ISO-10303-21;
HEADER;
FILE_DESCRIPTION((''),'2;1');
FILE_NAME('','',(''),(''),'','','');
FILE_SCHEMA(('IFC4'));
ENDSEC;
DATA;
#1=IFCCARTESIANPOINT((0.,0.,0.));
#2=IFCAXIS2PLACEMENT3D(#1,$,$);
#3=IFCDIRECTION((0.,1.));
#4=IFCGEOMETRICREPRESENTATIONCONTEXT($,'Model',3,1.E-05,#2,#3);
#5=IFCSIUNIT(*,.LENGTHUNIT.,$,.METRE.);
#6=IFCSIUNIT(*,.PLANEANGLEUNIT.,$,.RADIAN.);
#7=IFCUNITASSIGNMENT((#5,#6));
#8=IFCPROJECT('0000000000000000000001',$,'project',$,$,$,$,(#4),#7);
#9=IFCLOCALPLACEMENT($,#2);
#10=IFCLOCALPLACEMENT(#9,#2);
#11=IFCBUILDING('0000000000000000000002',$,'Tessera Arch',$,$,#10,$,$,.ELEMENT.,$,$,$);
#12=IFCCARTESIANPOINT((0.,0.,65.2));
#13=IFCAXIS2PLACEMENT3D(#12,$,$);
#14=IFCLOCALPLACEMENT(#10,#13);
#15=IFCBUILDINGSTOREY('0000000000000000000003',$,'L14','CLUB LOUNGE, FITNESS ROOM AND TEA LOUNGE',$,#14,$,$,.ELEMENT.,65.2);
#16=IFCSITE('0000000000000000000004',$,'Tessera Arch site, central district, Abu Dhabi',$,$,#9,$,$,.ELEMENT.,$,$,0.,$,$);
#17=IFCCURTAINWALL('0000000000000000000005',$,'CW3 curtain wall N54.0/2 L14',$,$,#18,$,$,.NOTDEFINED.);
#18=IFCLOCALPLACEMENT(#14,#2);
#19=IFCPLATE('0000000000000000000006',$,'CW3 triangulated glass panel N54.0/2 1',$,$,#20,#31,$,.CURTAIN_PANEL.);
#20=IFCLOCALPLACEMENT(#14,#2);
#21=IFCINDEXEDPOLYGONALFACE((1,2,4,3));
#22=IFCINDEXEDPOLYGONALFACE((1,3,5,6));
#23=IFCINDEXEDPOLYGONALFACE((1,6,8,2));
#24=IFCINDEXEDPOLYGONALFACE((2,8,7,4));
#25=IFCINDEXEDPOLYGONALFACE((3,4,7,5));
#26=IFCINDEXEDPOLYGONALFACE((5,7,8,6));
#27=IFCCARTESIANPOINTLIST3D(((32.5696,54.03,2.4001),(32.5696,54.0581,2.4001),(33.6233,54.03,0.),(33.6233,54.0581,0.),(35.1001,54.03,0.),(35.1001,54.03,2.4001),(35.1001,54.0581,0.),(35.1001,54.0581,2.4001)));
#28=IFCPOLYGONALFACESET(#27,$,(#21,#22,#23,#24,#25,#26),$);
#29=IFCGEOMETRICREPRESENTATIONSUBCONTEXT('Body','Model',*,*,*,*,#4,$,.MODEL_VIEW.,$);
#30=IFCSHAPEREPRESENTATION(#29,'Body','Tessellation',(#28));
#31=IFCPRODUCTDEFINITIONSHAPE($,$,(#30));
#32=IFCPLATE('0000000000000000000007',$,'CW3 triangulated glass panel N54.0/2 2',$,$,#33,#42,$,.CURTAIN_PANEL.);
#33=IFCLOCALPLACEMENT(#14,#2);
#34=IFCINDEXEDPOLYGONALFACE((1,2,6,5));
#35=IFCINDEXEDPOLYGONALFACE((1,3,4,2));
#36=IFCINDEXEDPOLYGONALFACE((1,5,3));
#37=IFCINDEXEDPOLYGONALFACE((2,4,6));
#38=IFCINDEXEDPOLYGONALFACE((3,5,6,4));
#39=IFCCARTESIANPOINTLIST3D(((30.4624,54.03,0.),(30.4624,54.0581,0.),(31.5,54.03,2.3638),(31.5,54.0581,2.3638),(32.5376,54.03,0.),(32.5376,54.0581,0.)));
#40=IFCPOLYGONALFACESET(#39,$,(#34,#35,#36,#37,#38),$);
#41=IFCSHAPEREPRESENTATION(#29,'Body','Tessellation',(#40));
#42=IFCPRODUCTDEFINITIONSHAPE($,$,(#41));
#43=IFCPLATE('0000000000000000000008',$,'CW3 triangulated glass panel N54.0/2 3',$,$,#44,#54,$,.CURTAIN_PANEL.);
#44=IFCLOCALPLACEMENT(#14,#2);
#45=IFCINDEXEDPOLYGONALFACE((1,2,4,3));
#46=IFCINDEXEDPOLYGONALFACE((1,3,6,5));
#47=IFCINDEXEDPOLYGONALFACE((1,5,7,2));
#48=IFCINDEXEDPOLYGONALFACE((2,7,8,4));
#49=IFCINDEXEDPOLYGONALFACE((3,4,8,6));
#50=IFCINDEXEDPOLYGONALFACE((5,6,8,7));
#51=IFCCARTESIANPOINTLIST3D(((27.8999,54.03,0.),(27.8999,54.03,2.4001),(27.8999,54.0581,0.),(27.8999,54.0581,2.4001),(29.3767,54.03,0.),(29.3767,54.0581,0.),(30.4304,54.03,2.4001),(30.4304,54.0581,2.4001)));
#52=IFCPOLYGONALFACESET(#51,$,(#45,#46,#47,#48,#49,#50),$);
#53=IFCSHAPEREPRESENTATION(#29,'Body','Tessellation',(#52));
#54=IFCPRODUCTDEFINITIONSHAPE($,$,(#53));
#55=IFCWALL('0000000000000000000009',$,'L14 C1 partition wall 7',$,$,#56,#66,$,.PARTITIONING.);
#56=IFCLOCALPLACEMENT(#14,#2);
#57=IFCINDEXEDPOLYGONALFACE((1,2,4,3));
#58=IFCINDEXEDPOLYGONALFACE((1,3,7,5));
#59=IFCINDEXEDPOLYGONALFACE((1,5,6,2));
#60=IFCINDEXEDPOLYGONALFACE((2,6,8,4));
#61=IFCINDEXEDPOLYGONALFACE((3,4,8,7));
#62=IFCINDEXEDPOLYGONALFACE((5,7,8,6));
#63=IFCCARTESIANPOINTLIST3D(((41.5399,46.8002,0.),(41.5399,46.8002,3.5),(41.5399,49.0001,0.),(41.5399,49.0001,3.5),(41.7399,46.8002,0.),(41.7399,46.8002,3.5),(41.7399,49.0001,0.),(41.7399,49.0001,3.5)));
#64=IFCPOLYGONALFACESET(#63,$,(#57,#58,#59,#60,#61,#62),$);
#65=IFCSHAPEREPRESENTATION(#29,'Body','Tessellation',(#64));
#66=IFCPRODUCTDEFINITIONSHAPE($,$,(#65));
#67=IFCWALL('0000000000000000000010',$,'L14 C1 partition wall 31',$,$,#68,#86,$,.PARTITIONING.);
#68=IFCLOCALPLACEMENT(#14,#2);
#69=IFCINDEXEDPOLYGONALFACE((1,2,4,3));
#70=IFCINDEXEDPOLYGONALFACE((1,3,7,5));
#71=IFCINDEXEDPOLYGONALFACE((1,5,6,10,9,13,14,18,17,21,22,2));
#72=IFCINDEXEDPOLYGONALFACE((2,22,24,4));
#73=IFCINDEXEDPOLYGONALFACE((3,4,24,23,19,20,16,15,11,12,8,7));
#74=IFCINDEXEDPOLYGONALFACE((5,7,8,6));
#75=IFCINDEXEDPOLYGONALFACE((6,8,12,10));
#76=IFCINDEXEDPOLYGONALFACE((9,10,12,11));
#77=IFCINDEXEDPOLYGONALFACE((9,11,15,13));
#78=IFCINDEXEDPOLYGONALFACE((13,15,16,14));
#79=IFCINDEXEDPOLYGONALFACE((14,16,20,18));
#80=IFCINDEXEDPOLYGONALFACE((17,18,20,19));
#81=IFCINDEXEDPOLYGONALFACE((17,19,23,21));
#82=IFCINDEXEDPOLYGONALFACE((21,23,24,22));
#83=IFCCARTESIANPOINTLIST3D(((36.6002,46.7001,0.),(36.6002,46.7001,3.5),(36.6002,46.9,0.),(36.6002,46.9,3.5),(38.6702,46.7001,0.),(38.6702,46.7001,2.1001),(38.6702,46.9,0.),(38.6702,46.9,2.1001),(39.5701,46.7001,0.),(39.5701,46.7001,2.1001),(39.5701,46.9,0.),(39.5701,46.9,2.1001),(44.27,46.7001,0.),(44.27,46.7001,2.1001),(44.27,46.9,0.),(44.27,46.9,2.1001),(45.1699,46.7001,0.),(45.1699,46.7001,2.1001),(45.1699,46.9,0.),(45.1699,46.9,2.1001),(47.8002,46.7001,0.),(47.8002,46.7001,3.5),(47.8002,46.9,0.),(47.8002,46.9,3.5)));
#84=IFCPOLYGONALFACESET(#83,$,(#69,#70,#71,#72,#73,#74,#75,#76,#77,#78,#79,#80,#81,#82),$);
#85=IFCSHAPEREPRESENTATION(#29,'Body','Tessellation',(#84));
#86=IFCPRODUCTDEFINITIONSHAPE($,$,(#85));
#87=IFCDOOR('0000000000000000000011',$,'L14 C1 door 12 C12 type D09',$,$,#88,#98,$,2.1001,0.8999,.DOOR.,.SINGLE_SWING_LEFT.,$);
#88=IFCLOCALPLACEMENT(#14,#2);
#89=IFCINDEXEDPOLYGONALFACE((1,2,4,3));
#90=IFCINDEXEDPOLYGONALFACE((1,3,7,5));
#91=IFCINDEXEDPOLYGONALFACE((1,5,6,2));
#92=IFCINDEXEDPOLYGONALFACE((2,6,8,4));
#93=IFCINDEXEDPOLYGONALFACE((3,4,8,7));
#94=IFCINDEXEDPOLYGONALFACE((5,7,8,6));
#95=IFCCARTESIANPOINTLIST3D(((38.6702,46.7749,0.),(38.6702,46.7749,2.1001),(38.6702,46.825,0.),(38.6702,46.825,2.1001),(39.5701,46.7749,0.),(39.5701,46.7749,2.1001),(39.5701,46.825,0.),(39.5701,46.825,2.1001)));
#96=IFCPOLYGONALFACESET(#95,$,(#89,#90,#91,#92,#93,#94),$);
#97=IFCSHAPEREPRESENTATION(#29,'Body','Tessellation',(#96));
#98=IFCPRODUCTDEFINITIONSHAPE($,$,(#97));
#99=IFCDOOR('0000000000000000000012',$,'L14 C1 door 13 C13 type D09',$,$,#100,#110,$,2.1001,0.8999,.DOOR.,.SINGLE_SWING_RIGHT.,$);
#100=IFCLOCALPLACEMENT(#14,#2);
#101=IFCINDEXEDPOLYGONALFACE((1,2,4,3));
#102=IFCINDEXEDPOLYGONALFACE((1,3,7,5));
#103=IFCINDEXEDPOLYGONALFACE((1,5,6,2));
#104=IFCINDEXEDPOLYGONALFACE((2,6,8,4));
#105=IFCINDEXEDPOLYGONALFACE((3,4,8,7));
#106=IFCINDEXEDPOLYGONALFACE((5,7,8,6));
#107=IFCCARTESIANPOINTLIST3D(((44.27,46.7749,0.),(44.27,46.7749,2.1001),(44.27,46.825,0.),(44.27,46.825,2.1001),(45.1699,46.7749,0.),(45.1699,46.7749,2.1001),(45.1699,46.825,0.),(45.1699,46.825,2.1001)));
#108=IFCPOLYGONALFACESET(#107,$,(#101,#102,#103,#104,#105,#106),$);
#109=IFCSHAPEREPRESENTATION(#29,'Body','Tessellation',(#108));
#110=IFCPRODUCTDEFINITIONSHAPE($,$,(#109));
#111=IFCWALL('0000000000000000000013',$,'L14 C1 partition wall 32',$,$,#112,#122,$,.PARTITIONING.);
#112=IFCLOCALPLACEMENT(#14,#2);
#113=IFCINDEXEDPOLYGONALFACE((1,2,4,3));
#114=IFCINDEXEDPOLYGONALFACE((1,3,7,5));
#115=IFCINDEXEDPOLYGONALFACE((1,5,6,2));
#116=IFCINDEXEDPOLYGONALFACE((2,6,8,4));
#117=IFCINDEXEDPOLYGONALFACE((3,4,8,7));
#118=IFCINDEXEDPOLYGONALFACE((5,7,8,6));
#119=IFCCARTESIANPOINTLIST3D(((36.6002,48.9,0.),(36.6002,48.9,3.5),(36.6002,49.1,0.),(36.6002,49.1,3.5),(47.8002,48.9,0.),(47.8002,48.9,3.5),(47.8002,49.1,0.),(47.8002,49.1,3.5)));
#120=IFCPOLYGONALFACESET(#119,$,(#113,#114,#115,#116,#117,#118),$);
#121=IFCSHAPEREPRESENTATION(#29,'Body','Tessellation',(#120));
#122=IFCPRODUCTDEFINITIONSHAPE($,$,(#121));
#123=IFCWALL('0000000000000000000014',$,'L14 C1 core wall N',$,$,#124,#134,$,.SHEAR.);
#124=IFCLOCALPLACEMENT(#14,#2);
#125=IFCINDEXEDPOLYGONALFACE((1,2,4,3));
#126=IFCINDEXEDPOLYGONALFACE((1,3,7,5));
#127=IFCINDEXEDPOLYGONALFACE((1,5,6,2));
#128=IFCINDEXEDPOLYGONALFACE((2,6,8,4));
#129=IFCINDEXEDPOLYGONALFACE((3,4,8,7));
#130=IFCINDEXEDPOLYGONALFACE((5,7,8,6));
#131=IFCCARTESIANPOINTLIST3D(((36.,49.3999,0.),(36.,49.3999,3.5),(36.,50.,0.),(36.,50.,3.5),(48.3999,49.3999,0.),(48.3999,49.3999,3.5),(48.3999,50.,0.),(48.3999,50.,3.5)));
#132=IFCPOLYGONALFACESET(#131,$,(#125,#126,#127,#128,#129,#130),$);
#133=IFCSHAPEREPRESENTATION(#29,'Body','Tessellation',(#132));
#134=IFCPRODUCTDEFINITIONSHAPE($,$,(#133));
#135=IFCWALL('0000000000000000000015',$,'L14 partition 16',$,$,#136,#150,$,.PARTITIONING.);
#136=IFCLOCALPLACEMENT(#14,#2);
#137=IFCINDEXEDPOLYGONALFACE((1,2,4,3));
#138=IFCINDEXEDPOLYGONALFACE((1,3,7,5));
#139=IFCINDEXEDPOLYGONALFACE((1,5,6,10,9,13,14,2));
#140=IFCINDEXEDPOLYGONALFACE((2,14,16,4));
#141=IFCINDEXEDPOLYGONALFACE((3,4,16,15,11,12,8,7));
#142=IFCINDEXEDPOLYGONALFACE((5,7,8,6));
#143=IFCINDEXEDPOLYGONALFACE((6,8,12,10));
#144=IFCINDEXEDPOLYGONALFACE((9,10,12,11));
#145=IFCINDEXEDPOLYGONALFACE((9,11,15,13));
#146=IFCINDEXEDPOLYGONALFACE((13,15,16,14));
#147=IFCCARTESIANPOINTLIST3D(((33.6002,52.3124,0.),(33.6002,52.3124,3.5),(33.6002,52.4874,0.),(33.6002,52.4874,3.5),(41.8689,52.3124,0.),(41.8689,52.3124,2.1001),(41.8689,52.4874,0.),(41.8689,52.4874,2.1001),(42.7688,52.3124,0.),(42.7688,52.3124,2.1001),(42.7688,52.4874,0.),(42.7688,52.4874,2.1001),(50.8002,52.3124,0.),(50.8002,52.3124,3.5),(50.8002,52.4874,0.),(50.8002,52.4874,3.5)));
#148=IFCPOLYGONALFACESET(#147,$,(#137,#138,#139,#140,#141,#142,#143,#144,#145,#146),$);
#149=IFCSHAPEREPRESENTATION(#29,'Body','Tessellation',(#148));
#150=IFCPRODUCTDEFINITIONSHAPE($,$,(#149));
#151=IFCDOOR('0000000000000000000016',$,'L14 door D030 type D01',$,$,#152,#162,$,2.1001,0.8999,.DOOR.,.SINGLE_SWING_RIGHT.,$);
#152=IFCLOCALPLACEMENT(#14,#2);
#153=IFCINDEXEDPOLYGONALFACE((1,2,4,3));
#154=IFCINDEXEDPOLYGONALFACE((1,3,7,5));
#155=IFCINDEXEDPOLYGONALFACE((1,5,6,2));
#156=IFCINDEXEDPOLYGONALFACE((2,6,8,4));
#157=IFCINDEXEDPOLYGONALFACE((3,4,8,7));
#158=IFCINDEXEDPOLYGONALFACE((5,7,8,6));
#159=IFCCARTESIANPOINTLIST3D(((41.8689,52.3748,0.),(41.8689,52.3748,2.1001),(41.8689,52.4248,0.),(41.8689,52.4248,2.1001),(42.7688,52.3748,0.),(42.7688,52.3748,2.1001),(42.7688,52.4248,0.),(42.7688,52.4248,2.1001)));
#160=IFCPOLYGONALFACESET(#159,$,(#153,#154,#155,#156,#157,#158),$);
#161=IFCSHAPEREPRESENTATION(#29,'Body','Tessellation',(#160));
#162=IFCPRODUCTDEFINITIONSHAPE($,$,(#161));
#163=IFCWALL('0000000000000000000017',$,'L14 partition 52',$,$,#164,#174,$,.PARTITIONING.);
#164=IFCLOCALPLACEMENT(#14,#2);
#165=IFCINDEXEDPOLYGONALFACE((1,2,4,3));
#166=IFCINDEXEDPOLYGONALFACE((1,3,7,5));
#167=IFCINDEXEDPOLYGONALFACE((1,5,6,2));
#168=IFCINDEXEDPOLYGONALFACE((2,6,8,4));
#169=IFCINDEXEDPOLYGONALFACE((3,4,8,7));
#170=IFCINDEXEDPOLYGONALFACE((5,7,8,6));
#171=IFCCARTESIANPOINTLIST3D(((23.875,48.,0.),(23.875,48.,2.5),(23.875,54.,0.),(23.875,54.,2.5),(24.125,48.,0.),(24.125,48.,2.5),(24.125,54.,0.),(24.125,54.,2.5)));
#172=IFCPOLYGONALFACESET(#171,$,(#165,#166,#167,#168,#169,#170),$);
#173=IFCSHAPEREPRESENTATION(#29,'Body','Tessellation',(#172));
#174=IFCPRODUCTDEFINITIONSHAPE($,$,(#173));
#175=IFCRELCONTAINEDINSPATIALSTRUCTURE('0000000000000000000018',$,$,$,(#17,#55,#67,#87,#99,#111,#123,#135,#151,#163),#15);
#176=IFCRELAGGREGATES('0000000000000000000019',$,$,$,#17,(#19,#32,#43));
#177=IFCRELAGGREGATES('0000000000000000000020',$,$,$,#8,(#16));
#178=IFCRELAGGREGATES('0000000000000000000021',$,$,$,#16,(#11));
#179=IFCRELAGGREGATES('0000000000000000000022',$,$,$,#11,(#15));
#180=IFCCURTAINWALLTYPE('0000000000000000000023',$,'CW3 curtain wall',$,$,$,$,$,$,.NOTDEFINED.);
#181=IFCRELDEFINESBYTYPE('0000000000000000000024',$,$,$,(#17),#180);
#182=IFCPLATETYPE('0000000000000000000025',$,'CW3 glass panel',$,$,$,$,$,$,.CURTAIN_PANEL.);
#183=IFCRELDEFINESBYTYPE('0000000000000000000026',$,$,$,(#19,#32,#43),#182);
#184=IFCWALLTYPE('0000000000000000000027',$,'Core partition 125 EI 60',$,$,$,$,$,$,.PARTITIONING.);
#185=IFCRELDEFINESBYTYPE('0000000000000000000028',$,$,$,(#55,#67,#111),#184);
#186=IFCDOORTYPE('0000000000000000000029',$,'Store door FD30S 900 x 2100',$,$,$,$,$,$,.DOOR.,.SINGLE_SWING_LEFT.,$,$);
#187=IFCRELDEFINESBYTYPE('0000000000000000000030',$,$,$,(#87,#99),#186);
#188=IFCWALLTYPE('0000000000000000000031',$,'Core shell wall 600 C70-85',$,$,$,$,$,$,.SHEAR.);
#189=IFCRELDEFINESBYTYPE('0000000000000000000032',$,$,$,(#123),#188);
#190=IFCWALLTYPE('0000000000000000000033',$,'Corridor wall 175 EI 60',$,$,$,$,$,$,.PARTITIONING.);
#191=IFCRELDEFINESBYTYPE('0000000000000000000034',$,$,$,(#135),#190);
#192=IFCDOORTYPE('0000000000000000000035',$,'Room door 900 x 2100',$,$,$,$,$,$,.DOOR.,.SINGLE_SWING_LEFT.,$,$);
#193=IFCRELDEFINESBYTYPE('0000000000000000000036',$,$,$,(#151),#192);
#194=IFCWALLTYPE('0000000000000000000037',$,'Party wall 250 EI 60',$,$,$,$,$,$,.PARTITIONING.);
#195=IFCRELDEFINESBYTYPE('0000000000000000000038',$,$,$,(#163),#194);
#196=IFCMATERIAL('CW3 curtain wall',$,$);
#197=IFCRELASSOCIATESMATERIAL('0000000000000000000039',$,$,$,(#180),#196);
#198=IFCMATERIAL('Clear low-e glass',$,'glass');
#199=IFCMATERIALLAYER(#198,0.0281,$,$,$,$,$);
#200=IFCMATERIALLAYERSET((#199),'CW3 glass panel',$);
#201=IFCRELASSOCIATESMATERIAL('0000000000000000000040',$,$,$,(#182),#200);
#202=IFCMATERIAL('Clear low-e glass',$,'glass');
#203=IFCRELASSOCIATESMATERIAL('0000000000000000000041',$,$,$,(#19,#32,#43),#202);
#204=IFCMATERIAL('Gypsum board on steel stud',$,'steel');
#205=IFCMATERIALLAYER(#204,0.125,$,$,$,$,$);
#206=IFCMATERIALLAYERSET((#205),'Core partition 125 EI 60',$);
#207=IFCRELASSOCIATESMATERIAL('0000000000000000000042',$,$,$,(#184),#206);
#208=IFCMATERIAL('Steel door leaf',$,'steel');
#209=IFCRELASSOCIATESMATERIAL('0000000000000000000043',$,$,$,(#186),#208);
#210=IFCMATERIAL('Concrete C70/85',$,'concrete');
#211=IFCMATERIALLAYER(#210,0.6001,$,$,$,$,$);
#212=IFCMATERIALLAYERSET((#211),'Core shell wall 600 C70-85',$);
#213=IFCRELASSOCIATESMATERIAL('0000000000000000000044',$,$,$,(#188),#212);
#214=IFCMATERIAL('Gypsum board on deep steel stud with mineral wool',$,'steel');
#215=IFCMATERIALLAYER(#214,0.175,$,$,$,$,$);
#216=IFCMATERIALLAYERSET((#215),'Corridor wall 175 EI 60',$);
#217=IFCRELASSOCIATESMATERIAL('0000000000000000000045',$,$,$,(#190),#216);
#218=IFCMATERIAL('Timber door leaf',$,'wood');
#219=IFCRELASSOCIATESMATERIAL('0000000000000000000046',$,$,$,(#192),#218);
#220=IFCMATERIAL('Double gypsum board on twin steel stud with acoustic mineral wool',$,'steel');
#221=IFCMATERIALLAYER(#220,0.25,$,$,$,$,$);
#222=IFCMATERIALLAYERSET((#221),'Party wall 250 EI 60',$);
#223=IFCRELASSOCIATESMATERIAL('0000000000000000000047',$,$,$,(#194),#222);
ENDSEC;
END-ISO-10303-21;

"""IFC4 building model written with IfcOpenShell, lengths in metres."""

from ifc_helpers import new_model, si_unit, direction, frame, frame_2d, origin, place, context, subcontext, project, spatial, polyline, rectangle, outline, extrude, material, layer, layer_set, type_object, element, fill, aggregate, save


model = new_model("IFC4")

# Units and contexts
model_context = context("Model", 3, precision=1e-05, world=origin(), true_north=direction((0.0, 1.0)))
body_context = subcontext(model_context, "Body", "Model", "MODEL_VIEW")
ifc_project = project(units=[si_unit("LENGTHUNIT", "METRE"), si_unit("PLANEANGLEUNIT", "RADIAN")], contexts=[model_context])

# Site, building, storey
site_placement = place(None, origin())
site = spatial("IfcSite", under=ifc_project, at=site_placement, Name="Tessera Arch site, central district, Abu Dhabi", CompositionType="ELEMENT", RefElevation=0.0)
building_placement = place(site_placement, origin())
building = spatial("IfcBuilding", under=site, at=building_placement, Name="Tessera Arch", CompositionType="ELEMENT")
storey_placement = place(building_placement, frame((0.0, 0.0, 65.2)))
storey = spatial("IfcBuildingStorey", under=building, at=storey_placement, Name="L14", Description="CLUB LOUNGE, FITNESS ROOM AND TEA LOUNGE", CompositionType="ELEMENT", Elevation=65.2)

# Curtain wall
ifc_material_1 = material(Name="CW3 curtain wall")
curtain_wall_type_1 = type_object("IfcCurtainWallType", Name="CW3 curtain wall", PredefinedType="NOTDEFINED", material=ifc_material_1)
curtain_wall_1_placement = place(storey_placement, origin())
curtain_wall_1 = element("IfcCurtainWall", 1, at=curtain_wall_1_placement, inside=storey, type_object=curtain_wall_type_1, Name="CW3 curtain wall N54.0/2 L14", PredefinedType="NOTDEFINED")

# Plates
ifc_material_2 = material(Name="Clear low-e glass", Category="glass")
ifc_material_3 = material(Name="Clear low-e glass", Category="glass")
ifc_layer_1 = layer(ifc_material_3, 0.0281)
ifc_layer_set_1 = layer_set([ifc_layer_1], Name="CW3 glass panel")
plate_type_1 = type_object("IfcPlateType", Name="CW3 glass panel", PredefinedType="CURTAIN_PANEL", material=ifc_layer_set_1)
plate_1_placement = place(storey_placement, frame((35.1001, 54.0581, 0.0), z_axis=(0.0, 1.0, 0.0), x_axis=(-1.0, 0.0, 0.0)))
plate_1 = element("IfcPlate", 2, at=plate_1_placement, type_object=plate_type_1, material=ifc_material_2, Name="CW3 triangulated glass panel N54.0/2 1", PredefinedType="CURTAIN_PANEL", context=body_context, shape_type="SweptSolid", body=[
    extrude(outline(polyline([(0.0, 0.0), (1.4768, 0.0), (2.5305, 2.4001), (0.0, 2.4001), (0.0, 0.0)])), origin(), (0.0, 0.0, -1.0), 0.0281),
])
plate_2_placement = place(storey_placement, frame((32.5376, 54.0581, 0.0), z_axis=(0.0, 1.0, 0.0), x_axis=(-1.0, 0.0, 0.0)))
plate_2 = element("IfcPlate", 3, at=plate_2_placement, type_object=plate_type_1, material=ifc_material_2, Name="CW3 triangulated glass panel N54.0/2 2", PredefinedType="CURTAIN_PANEL", context=body_context, shape_type="SweptSolid", body=[
    extrude(outline(polyline([(0.0, 0.0), (2.0752, 0.0), (1.0376, 2.3638), (0.0, 0.0)])), origin(), (0.0, 0.0, -1.0), 0.0281),
])
plate_3_placement = place(storey_placement, frame((27.8999, 54.0581, 2.4001), z_axis=(0.0, 1.0, 0.0), x_axis=(1.0, 0.0, 0.0)))
plate_3 = element("IfcPlate", 4, at=plate_3_placement, type_object=plate_type_1, material=ifc_material_2, Name="CW3 triangulated glass panel N54.0/2 3", PredefinedType="CURTAIN_PANEL", context=body_context, shape_type="SweptSolid", body=[
    extrude(outline(polyline([(0.0, 0.0), (2.5305, 0.0), (1.4768, 2.4001), (0.0, 2.4001), (0.0, 0.0)])), origin(), (0.0, 0.0, -1.0), 0.0281),
])
aggregate(curtain_wall_1, [plate_1, plate_2, plate_3])

# Wall
ifc_material_4 = material(Name="Gypsum board on steel stud", Category="steel")
ifc_layer_2 = layer(ifc_material_4, 0.125)
ifc_layer_set_2 = layer_set([ifc_layer_2], Name="Core partition 125 EI 60")
wall_type_1 = type_object("IfcWallType", Name="Core partition 125 EI 60", PredefinedType="PARTITIONING", material=ifc_layer_set_2)
wall_1_placement = place(storey_placement, frame((41.6399, 46.8, 0.0), z_axis=(0.0, 0.0, 1.0), x_axis=(0.0, 1.0, 0.0)))
element("IfcWall", 5, at=wall_1_placement, inside=storey, type_object=wall_type_1, Name="L14 C1 partition wall 7", PredefinedType="PARTITIONING", context=body_context, shape_type="SweptSolid", body=[
    extrude(rectangle(XDim=2.2, YDim=0.2, at=frame_2d((1.1001, 0.0))), origin(), (0.0, 0.0, 1.0), 3.5),
])

# Wall, openings, doors
wall_2_placement = place(storey_placement, frame((36.6001, 46.8, 0.0), z_axis=(0.0, 0.0, 1.0), x_axis=(1.0, 0.0, 0.0)))
wall_2 = element("IfcWall", 6, at=wall_2_placement, inside=storey, type_object=wall_type_1, Name="L14 C1 partition wall 31", PredefinedType="PARTITIONING", context=body_context, shape_type="SweptSolid", body=[
    extrude(rectangle(XDim=11.2, YDim=0.2, at=frame_2d((5.6001, 0.0))), origin(), (0.0, 0.0, 1.0), 3.5),
])
opening_1_placement = place(wall_2_placement, frame((2.0701, 0.0, 0.0)))
opening_1 = element("IfcOpeningElement", 7, at=opening_1_placement, cuts=wall_2, PredefinedType="OPENING", context=body_context, shape_type="SweptSolid", body=[
    extrude(rectangle(XDim=0.8999, YDim=2.1001, at=frame_2d((0.45, 1.05))), frame((0.0, 0.1099, 0.0), z_axis=(0.0, -1.0, 0.0), x_axis=(1.0, 0.0, 0.0)), (0.0, 0.0, 1.0), 0.22),
])
opening_2_placement = place(wall_2_placement, frame((7.6699, 0.0, 0.0)))
opening_2 = element("IfcOpeningElement", 8, at=opening_2_placement, cuts=wall_2, PredefinedType="OPENING", context=body_context, shape_type="SweptSolid", body=[
    extrude(rectangle(XDim=0.8999, YDim=2.1001, at=frame_2d((0.45, 1.05))), frame((0.0, 0.1099, 0.0), z_axis=(0.0, -1.0, 0.0), x_axis=(1.0, 0.0, 0.0)), (0.0, 0.0, 1.0), 0.22),
])
ifc_material_5 = material(Name="Steel door leaf", Category="steel")
door_type_1 = type_object("IfcDoorType", Name="Store door FD30S 900 x 2100", OperationType="SINGLE_SWING_LEFT", PredefinedType="DOOR", material=ifc_material_5)
door_1_placement = place(opening_1_placement, origin())
door_1 = element("IfcDoor", 9, at=door_1_placement, inside=storey, type_object=door_type_1, Name="L14 C1 door 12 C12 type D09", OperationType="SINGLE_SWING_LEFT", OverallHeight=2.1001, OverallWidth=0.8999, PredefinedType="DOOR", context=body_context, shape_type="SweptSolid", body=[
    extrude(rectangle(XDim=0.8999, YDim=2.1001, at=frame_2d((0.45, 1.05))), frame((0.0, 0.0249, 0.0), z_axis=(0.0, -1.0, 0.0), x_axis=(1.0, 0.0, 0.0)), (0.0, 0.0, 1.0), 0.05),
])
fill(opening_1, door_1)
door_2_placement = place(opening_2_placement, origin())
door_2 = element("IfcDoor", 10, at=door_2_placement, inside=storey, type_object=door_type_1, Name="L14 C1 door 13 C13 type D09", OperationType="SINGLE_SWING_RIGHT", OverallHeight=2.1001, OverallWidth=0.8999, PredefinedType="DOOR", context=body_context, shape_type="SweptSolid", body=[
    extrude(rectangle(XDim=0.8999, YDim=2.1001, at=frame_2d((0.45, 1.05))), frame((0.0, 0.0249, 0.0), z_axis=(0.0, -1.0, 0.0), x_axis=(1.0, 0.0, 0.0)), (0.0, 0.0, 1.0), 0.05),
])
fill(opening_2, door_2)

# Walls
wall_3_placement = place(storey_placement, frame((36.6001, 49.0, 0.0), z_axis=(0.0, 0.0, 1.0), x_axis=(1.0, 0.0, 0.0)))
element("IfcWall", 11, at=wall_3_placement, inside=storey, type_object=wall_type_1, Name="L14 C1 partition wall 32", PredefinedType="PARTITIONING", context=body_context, shape_type="SweptSolid", body=[
    extrude(rectangle(XDim=11.2, YDim=0.2, at=frame_2d((5.6001, 0.0))), origin(), (0.0, 0.0, 1.0), 3.5),
])
ifc_material_6 = material(Name="Concrete C70/85", Category="concrete")
ifc_layer_3 = layer(ifc_material_6, 0.6001)
ifc_layer_set_3 = layer_set([ifc_layer_3], Name="Core shell wall 600 C70-85")
wall_type_2 = type_object("IfcWallType", Name="Core shell wall 600 C70-85", PredefinedType="SHEAR", material=ifc_layer_set_3)
wall_4_placement = place(storey_placement, frame((36.0, 49.7, 0.0), z_axis=(0.0, 0.0, 1.0), x_axis=(1.0, 0.0, 0.0)))
element("IfcWall", 12, at=wall_4_placement, inside=storey, type_object=wall_type_2, Name="L14 C1 core wall N", PredefinedType="SHEAR", context=body_context, shape_type="SweptSolid", body=[
    extrude(rectangle(XDim=12.3999, YDim=0.6001, at=frame_2d((6.2, 0.0))), origin(), (0.0, 0.0, 1.0), 3.5),
])

# Wall, opening, door
ifc_material_7 = material(Name="Gypsum board on deep steel stud with mineral wool", Category="steel")
ifc_layer_4 = layer(ifc_material_7, 0.175)
ifc_layer_set_4 = layer_set([ifc_layer_4], Name="Corridor wall 175 EI 60")
wall_type_3 = type_object("IfcWallType", Name="Corridor wall 175 EI 60", PredefinedType="PARTITIONING", material=ifc_layer_set_4)
wall_5_placement = place(storey_placement, frame((33.6001, 52.3999, 0.0), z_axis=(0.0, 0.0, 1.0), x_axis=(1.0, 0.0, 0.0)))
wall_5 = element("IfcWall", 13, at=wall_5_placement, inside=storey, type_object=wall_type_3, Name="L14 partition 16", PredefinedType="PARTITIONING", context=body_context, shape_type="SweptSolid", body=[
    extrude(rectangle(XDim=17.2, YDim=0.175, at=frame_2d((8.6001, 0.0))), origin(), (0.0, 0.0, 1.0), 3.5),
])
opening_3_placement = place(wall_5_placement, frame((8.2688, 0.0, 0.0)))
opening_3 = element("IfcOpeningElement", 14, at=opening_3_placement, cuts=wall_5, PredefinedType="OPENING", context=body_context, shape_type="SweptSolid", body=[
    extrude(rectangle(XDim=0.8999, YDim=2.1001, at=frame_2d((0.45, 1.05))), frame((0.0, 0.0974, 0.0), z_axis=(0.0, -1.0, 0.0), x_axis=(1.0, 0.0, 0.0)), (0.0, 0.0, 1.0), 0.1951),
])
ifc_material_8 = material(Name="Timber door leaf", Category="wood")
door_type_2 = type_object("IfcDoorType", Name="Room door 900 x 2100", OperationType="SINGLE_SWING_LEFT", PredefinedType="DOOR", material=ifc_material_8)
door_3_placement = place(opening_3_placement, origin())
door_3 = element("IfcDoor", 15, at=door_3_placement, inside=storey, type_object=door_type_2, Name="L14 door D030 type D01", OperationType="SINGLE_SWING_RIGHT", OverallHeight=2.1001, OverallWidth=0.8999, PredefinedType="DOOR", context=body_context, shape_type="SweptSolid", body=[
    extrude(rectangle(XDim=0.8999, YDim=2.1001, at=frame_2d((0.45, 1.05))), frame((0.0, 0.0249, 0.0), z_axis=(0.0, -1.0, 0.0), x_axis=(1.0, 0.0, 0.0)), (0.0, 0.0, 1.0), 0.05),
])
fill(opening_3, door_3)

# Wall
ifc_material_9 = material(Name="Double gypsum board on twin steel stud with acoustic mineral wool", Category="steel")
ifc_layer_5 = layer(ifc_material_9, 0.25)
ifc_layer_set_5 = layer_set([ifc_layer_5], Name="Party wall 250 EI 60")
wall_type_4 = type_object("IfcWallType", Name="Party wall 250 EI 60", PredefinedType="PARTITIONING", material=ifc_layer_set_5)
wall_6_placement = place(storey_placement, frame((24.0, 48.0, 0.0), z_axis=(0.0, 0.0, 1.0), x_axis=(0.0, 1.0, 0.0)))
element("IfcWall", 16, at=wall_6_placement, inside=storey, type_object=wall_type_4, Name="L14 partition 52", PredefinedType="PARTITIONING", context=body_context, shape_type="SweptSolid", body=[
    extrude(rectangle(XDim=6.0, YDim=0.25, at=frame_2d((3.0, 0.0))), origin(), (0.0, 0.0, 1.0), 2.5),
])

save(model, "model.ifc")
